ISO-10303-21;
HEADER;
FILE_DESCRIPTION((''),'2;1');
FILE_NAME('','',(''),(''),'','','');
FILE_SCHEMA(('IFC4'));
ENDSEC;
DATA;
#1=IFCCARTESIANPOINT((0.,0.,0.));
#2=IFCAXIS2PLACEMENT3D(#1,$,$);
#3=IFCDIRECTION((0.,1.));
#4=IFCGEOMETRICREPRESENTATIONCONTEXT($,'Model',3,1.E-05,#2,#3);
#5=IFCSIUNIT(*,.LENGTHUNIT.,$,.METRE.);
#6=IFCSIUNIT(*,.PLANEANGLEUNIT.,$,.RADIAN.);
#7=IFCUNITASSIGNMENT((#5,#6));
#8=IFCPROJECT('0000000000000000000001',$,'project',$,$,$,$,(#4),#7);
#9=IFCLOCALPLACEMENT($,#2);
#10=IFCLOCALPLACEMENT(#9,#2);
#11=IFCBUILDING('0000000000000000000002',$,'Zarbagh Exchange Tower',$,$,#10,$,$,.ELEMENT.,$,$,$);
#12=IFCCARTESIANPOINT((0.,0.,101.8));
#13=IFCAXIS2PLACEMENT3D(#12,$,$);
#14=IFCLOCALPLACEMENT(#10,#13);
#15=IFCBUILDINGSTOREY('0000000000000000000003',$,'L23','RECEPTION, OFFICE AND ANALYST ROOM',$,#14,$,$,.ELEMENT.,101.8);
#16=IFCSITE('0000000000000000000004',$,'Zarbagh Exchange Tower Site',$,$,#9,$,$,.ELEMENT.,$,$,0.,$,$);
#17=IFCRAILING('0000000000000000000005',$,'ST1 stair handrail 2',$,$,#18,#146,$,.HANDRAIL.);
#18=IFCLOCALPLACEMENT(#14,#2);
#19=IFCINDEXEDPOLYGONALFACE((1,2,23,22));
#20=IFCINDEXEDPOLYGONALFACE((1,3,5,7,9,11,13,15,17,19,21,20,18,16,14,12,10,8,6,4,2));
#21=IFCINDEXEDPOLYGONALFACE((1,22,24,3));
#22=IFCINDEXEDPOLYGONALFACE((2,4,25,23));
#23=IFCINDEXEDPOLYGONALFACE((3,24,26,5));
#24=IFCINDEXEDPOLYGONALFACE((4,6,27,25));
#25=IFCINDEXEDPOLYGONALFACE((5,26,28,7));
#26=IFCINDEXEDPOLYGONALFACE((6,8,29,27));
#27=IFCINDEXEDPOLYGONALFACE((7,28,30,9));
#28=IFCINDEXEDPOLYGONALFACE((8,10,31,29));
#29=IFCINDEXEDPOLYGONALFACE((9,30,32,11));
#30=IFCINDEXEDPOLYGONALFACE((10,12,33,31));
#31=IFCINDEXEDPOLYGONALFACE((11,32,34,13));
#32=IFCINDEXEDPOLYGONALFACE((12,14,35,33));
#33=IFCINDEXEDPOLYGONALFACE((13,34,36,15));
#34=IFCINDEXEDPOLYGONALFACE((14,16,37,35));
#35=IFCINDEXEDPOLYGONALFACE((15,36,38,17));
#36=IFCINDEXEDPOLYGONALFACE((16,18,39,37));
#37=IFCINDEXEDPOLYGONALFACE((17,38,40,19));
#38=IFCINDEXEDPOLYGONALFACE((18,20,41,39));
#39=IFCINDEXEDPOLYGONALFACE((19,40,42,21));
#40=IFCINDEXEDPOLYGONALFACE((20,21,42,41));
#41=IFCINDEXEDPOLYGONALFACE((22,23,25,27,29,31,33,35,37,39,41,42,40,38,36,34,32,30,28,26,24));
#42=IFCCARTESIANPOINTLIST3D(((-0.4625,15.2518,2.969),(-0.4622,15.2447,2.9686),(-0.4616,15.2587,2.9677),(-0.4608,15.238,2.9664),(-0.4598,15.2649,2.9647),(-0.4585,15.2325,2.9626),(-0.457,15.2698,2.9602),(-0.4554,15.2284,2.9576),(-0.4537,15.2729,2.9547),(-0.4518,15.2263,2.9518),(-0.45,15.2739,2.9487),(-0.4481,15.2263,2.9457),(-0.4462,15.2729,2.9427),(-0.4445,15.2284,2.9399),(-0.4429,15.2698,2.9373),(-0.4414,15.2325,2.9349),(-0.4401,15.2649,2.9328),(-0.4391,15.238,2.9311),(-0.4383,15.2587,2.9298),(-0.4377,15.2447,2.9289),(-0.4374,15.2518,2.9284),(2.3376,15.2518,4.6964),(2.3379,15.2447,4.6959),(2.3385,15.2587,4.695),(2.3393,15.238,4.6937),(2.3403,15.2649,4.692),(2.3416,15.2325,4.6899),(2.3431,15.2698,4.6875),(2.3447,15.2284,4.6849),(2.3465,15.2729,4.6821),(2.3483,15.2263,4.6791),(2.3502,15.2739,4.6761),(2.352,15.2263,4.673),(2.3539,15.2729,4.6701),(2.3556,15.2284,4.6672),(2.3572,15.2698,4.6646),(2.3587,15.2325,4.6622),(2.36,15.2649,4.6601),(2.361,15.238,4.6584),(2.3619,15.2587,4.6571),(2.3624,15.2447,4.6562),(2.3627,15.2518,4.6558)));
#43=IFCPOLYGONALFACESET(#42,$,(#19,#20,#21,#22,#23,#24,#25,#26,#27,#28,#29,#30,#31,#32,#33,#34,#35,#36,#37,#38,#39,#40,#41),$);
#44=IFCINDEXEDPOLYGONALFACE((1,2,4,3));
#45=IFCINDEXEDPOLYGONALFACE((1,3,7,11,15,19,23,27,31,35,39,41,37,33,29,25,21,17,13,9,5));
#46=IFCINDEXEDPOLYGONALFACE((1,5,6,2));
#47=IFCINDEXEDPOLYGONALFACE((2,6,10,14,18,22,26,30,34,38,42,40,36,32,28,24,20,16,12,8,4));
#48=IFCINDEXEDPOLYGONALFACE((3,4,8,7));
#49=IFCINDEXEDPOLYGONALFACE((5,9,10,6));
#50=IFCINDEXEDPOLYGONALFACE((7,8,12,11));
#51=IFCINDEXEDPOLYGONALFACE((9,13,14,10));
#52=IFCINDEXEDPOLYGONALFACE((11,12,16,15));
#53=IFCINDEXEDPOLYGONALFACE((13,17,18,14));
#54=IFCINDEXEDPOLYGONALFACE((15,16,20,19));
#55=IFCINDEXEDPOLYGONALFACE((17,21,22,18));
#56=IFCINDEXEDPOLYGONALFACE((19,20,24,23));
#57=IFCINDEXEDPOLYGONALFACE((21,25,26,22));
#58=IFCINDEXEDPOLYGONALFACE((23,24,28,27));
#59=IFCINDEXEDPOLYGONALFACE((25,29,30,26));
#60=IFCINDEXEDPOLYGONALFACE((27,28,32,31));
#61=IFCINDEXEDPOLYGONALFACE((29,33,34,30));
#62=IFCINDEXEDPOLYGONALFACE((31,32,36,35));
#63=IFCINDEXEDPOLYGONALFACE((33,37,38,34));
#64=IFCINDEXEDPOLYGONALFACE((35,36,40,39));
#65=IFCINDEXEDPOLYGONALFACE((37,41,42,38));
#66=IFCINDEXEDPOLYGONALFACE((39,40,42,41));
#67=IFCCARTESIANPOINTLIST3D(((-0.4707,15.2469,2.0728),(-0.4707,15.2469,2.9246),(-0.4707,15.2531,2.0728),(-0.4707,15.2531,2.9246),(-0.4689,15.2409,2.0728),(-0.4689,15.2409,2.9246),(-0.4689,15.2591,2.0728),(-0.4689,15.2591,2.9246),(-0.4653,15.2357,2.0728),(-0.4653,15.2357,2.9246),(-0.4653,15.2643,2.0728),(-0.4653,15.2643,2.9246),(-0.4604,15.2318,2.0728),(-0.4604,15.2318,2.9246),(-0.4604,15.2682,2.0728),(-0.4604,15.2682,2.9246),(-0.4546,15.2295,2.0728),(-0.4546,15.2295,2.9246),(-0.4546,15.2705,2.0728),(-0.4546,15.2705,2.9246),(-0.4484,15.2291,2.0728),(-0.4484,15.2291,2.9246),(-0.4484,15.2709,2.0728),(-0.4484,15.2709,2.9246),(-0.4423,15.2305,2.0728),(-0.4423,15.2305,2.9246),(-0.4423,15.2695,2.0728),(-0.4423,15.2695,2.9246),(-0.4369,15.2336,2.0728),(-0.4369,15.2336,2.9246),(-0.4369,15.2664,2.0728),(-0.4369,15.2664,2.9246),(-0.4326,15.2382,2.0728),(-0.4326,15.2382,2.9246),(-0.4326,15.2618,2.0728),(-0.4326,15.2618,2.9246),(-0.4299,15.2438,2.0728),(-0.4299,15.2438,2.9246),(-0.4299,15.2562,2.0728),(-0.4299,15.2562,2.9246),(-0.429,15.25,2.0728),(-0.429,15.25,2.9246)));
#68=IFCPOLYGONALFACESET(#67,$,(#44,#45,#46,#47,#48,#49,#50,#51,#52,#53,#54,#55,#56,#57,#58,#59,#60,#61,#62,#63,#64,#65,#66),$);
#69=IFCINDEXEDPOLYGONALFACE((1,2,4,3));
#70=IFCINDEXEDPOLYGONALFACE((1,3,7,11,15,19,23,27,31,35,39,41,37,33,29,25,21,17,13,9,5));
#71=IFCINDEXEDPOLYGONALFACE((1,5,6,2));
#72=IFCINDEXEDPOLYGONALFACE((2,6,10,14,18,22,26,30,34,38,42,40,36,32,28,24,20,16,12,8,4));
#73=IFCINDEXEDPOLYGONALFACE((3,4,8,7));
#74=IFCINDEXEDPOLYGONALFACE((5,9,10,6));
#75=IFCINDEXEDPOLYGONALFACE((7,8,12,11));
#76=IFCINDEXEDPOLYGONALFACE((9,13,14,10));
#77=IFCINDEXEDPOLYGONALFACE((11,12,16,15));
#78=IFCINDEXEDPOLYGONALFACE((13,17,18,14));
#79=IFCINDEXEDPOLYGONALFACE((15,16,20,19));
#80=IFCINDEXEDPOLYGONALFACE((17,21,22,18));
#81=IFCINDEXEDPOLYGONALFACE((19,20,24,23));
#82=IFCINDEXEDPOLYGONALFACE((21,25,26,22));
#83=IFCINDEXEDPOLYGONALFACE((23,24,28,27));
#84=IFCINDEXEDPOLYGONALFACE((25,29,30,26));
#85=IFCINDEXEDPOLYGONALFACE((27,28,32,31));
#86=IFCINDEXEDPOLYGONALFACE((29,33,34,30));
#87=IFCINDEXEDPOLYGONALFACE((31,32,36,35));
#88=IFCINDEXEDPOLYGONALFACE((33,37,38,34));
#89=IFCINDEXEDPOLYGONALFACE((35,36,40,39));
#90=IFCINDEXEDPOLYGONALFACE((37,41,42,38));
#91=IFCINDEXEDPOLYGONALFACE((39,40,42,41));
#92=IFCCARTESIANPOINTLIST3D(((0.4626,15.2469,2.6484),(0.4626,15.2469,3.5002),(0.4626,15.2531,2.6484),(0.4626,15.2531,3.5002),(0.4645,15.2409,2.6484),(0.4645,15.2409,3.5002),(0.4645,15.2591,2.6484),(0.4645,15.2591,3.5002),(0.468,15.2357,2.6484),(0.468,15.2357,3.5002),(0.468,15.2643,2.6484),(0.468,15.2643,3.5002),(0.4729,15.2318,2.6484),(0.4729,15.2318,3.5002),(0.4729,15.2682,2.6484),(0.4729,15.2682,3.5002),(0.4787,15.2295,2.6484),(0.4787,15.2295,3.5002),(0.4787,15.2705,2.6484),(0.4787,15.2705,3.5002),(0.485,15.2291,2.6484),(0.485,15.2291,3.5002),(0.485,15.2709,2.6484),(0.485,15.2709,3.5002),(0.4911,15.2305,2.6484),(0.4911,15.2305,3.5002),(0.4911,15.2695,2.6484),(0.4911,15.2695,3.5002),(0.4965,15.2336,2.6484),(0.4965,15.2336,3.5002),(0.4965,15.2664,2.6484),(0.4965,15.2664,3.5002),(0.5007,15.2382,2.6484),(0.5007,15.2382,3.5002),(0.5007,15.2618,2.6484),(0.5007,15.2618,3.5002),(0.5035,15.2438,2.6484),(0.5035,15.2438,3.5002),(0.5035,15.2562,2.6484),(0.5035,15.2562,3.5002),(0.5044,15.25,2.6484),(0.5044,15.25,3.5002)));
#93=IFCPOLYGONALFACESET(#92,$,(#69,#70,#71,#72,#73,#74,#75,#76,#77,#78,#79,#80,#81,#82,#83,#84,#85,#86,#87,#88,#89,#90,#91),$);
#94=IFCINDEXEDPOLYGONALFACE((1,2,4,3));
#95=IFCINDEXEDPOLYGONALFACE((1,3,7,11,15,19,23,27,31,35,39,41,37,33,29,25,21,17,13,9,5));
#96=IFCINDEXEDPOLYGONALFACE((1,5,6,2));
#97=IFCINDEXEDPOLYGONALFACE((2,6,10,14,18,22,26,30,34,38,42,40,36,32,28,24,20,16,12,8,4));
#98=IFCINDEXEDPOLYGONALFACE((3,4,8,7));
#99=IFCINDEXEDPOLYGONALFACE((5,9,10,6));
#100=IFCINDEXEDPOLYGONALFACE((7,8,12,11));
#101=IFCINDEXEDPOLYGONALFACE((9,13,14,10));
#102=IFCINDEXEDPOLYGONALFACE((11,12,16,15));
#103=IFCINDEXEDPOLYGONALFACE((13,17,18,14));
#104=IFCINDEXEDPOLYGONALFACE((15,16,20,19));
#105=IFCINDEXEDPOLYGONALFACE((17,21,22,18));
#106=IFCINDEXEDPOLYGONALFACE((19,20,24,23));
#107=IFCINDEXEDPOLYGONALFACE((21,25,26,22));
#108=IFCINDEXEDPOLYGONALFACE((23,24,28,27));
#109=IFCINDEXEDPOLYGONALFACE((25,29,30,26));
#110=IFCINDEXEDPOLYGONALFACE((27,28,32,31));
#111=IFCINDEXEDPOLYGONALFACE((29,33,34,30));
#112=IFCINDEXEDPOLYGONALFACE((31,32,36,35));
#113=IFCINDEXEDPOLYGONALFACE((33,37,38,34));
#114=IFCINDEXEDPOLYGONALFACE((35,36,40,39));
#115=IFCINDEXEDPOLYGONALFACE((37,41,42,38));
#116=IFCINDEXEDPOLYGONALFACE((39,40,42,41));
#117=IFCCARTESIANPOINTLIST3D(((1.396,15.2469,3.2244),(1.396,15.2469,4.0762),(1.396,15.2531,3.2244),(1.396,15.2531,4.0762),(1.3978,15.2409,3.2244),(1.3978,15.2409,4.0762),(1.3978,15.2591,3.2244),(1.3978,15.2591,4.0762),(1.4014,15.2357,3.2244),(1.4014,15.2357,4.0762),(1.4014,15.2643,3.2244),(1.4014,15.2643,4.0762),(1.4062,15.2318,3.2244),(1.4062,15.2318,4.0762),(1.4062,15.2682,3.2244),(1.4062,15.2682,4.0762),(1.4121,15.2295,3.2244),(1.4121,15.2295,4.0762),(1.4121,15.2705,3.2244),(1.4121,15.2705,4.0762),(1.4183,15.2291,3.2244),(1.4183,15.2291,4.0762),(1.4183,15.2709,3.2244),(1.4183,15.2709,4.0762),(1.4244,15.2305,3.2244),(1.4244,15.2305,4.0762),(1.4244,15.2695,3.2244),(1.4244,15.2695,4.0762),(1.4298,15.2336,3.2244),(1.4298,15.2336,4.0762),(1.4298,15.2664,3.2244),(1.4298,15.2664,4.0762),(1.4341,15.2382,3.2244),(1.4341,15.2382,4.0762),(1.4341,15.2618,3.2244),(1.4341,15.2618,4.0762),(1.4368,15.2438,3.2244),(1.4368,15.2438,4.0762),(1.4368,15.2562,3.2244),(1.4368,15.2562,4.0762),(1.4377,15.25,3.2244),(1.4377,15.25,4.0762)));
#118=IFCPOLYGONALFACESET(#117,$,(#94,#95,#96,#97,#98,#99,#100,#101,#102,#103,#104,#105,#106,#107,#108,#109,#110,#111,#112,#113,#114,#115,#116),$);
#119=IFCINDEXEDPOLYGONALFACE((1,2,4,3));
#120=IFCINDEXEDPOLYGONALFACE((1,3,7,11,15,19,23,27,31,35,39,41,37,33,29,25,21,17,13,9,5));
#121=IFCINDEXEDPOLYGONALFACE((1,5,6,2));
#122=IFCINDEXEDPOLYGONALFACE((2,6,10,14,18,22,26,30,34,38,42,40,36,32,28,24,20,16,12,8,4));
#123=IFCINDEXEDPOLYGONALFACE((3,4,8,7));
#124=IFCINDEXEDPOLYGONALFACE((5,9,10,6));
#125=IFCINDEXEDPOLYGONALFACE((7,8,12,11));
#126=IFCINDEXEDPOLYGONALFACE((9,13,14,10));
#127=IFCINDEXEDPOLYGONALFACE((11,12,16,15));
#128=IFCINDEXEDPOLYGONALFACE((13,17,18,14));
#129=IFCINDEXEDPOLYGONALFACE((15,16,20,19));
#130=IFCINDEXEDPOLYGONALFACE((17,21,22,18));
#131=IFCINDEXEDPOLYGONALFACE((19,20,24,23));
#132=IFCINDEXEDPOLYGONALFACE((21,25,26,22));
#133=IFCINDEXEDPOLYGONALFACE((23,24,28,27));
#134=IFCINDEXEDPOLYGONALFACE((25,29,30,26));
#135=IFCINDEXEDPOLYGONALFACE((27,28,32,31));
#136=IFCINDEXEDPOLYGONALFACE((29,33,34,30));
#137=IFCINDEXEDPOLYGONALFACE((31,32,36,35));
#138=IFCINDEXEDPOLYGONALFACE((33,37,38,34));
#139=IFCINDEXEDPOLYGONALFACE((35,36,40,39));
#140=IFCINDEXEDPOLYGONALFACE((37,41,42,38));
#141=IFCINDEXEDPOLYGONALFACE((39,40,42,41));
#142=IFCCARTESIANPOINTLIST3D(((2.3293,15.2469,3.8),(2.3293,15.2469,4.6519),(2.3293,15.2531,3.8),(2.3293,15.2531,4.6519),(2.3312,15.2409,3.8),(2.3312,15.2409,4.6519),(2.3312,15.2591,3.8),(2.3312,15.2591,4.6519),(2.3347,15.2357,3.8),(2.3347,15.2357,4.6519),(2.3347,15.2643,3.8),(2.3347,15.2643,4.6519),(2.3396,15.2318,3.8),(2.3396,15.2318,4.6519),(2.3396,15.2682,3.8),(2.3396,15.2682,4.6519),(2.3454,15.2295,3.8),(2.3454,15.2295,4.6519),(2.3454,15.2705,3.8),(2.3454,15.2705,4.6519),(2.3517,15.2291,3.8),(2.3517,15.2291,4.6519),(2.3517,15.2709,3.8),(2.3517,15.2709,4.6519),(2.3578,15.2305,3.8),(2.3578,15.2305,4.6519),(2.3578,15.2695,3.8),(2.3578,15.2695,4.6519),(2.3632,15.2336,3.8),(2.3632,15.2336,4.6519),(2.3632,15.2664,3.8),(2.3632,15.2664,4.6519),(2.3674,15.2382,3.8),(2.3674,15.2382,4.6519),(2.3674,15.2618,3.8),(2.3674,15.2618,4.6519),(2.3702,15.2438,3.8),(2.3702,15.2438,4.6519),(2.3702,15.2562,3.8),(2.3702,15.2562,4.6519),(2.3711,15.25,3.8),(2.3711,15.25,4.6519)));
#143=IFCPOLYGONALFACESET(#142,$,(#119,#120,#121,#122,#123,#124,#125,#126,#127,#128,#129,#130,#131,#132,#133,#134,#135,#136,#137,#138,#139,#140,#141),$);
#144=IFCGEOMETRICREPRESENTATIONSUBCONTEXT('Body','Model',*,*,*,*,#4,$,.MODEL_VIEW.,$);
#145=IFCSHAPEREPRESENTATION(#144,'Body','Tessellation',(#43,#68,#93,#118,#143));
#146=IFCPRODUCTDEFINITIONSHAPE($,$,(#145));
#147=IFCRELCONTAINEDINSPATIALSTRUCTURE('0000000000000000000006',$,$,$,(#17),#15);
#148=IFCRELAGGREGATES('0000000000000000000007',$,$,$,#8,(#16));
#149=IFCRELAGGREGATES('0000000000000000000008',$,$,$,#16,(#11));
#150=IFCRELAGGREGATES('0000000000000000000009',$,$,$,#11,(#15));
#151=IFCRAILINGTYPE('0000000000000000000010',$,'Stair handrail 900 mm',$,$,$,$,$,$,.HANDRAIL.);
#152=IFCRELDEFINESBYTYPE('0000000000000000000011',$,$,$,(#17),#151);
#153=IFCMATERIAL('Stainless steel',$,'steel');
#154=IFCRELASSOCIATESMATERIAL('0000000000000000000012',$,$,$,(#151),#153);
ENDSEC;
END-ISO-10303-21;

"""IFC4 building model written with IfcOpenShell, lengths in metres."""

from ifc_helpers import new_model, si_unit, direction, frame, origin, origin_2d, place, context, subcontext, project, spatial, circle, extrude, material, type_object, element, save


model = new_model("IFC4")

# Units and contexts
model_context = context("Model", 3, precision=1e-05, world=origin(), true_north=direction((0.0, 1.0)))
body_context = subcontext(model_context, "Body", "Model", "MODEL_VIEW")
ifc_project = project(units=[si_unit("LENGTHUNIT", "METRE"), si_unit("PLANEANGLEUNIT", "RADIAN")], contexts=[model_context])

# Site, building, storey
site_placement = place(None, origin())
site = spatial("IfcSite", under=ifc_project, at=site_placement, Name="Zarbagh Exchange Tower Site", CompositionType="ELEMENT", RefElevation=0.0)
building_placement = place(site_placement, origin())
building = spatial("IfcBuilding", under=site, at=building_placement, Name="Zarbagh Exchange Tower", CompositionType="ELEMENT")
storey_placement = place(building_placement, frame((0.0, 0.0, 101.8)))
storey = spatial("IfcBuildingStorey", under=building, at=storey_placement, Name="L23", Description="RECEPTION, OFFICE AND ANALYST ROOM", CompositionType="ELEMENT", Elevation=101.8)

# Shared definitions
ifc_material_1 = material(Name="Stainless steel", Category="steel")

# Railing
railing_type_1 = type_object("IfcRailingType", Name="Stair handrail 900 mm", PredefinedType="HANDRAIL", material=ifc_material_1)
railing_1_placement = place(storey_placement, frame((-0.45, 15.25, 2.0728)))
element("IfcRailing", 1, at=railing_1_placement, inside=storey, type_object=railing_type_1, Name="ST1 stair handrail 2", PredefinedType="HANDRAIL", context=body_context, shape_type="SweptSolid", body=[
    extrude(circle(Radius=0.0239, at=origin_2d()), frame((0.0, 0.0, 0.876), z_axis=(0.85109, 0.0, 0.52502), x_axis=(0.0, 1.0, 0.0)), (0.0, 0.0, 1.0), 3.29),
    extrude(circle(Radius=0.021, at=origin_2d()), origin(), (0.0, 0.0, 1.0), 0.8518),
    extrude(circle(Radius=0.021, at=origin_2d()), frame((0.9333, 0.0, 0.5757)), (0.0, 0.0, 1.0), 0.8518),
    extrude(circle(Radius=0.021, at=origin_2d()), frame((1.8667, 0.0, 1.1516)), (0.0, 0.0, 1.0), 0.8518),
    extrude(circle(Radius=0.021, at=origin_2d()), frame((2.8, 0.0, 1.7273)), (0.0, 0.0, 1.0), 0.8518),
])

save(model, "model.ifc")
